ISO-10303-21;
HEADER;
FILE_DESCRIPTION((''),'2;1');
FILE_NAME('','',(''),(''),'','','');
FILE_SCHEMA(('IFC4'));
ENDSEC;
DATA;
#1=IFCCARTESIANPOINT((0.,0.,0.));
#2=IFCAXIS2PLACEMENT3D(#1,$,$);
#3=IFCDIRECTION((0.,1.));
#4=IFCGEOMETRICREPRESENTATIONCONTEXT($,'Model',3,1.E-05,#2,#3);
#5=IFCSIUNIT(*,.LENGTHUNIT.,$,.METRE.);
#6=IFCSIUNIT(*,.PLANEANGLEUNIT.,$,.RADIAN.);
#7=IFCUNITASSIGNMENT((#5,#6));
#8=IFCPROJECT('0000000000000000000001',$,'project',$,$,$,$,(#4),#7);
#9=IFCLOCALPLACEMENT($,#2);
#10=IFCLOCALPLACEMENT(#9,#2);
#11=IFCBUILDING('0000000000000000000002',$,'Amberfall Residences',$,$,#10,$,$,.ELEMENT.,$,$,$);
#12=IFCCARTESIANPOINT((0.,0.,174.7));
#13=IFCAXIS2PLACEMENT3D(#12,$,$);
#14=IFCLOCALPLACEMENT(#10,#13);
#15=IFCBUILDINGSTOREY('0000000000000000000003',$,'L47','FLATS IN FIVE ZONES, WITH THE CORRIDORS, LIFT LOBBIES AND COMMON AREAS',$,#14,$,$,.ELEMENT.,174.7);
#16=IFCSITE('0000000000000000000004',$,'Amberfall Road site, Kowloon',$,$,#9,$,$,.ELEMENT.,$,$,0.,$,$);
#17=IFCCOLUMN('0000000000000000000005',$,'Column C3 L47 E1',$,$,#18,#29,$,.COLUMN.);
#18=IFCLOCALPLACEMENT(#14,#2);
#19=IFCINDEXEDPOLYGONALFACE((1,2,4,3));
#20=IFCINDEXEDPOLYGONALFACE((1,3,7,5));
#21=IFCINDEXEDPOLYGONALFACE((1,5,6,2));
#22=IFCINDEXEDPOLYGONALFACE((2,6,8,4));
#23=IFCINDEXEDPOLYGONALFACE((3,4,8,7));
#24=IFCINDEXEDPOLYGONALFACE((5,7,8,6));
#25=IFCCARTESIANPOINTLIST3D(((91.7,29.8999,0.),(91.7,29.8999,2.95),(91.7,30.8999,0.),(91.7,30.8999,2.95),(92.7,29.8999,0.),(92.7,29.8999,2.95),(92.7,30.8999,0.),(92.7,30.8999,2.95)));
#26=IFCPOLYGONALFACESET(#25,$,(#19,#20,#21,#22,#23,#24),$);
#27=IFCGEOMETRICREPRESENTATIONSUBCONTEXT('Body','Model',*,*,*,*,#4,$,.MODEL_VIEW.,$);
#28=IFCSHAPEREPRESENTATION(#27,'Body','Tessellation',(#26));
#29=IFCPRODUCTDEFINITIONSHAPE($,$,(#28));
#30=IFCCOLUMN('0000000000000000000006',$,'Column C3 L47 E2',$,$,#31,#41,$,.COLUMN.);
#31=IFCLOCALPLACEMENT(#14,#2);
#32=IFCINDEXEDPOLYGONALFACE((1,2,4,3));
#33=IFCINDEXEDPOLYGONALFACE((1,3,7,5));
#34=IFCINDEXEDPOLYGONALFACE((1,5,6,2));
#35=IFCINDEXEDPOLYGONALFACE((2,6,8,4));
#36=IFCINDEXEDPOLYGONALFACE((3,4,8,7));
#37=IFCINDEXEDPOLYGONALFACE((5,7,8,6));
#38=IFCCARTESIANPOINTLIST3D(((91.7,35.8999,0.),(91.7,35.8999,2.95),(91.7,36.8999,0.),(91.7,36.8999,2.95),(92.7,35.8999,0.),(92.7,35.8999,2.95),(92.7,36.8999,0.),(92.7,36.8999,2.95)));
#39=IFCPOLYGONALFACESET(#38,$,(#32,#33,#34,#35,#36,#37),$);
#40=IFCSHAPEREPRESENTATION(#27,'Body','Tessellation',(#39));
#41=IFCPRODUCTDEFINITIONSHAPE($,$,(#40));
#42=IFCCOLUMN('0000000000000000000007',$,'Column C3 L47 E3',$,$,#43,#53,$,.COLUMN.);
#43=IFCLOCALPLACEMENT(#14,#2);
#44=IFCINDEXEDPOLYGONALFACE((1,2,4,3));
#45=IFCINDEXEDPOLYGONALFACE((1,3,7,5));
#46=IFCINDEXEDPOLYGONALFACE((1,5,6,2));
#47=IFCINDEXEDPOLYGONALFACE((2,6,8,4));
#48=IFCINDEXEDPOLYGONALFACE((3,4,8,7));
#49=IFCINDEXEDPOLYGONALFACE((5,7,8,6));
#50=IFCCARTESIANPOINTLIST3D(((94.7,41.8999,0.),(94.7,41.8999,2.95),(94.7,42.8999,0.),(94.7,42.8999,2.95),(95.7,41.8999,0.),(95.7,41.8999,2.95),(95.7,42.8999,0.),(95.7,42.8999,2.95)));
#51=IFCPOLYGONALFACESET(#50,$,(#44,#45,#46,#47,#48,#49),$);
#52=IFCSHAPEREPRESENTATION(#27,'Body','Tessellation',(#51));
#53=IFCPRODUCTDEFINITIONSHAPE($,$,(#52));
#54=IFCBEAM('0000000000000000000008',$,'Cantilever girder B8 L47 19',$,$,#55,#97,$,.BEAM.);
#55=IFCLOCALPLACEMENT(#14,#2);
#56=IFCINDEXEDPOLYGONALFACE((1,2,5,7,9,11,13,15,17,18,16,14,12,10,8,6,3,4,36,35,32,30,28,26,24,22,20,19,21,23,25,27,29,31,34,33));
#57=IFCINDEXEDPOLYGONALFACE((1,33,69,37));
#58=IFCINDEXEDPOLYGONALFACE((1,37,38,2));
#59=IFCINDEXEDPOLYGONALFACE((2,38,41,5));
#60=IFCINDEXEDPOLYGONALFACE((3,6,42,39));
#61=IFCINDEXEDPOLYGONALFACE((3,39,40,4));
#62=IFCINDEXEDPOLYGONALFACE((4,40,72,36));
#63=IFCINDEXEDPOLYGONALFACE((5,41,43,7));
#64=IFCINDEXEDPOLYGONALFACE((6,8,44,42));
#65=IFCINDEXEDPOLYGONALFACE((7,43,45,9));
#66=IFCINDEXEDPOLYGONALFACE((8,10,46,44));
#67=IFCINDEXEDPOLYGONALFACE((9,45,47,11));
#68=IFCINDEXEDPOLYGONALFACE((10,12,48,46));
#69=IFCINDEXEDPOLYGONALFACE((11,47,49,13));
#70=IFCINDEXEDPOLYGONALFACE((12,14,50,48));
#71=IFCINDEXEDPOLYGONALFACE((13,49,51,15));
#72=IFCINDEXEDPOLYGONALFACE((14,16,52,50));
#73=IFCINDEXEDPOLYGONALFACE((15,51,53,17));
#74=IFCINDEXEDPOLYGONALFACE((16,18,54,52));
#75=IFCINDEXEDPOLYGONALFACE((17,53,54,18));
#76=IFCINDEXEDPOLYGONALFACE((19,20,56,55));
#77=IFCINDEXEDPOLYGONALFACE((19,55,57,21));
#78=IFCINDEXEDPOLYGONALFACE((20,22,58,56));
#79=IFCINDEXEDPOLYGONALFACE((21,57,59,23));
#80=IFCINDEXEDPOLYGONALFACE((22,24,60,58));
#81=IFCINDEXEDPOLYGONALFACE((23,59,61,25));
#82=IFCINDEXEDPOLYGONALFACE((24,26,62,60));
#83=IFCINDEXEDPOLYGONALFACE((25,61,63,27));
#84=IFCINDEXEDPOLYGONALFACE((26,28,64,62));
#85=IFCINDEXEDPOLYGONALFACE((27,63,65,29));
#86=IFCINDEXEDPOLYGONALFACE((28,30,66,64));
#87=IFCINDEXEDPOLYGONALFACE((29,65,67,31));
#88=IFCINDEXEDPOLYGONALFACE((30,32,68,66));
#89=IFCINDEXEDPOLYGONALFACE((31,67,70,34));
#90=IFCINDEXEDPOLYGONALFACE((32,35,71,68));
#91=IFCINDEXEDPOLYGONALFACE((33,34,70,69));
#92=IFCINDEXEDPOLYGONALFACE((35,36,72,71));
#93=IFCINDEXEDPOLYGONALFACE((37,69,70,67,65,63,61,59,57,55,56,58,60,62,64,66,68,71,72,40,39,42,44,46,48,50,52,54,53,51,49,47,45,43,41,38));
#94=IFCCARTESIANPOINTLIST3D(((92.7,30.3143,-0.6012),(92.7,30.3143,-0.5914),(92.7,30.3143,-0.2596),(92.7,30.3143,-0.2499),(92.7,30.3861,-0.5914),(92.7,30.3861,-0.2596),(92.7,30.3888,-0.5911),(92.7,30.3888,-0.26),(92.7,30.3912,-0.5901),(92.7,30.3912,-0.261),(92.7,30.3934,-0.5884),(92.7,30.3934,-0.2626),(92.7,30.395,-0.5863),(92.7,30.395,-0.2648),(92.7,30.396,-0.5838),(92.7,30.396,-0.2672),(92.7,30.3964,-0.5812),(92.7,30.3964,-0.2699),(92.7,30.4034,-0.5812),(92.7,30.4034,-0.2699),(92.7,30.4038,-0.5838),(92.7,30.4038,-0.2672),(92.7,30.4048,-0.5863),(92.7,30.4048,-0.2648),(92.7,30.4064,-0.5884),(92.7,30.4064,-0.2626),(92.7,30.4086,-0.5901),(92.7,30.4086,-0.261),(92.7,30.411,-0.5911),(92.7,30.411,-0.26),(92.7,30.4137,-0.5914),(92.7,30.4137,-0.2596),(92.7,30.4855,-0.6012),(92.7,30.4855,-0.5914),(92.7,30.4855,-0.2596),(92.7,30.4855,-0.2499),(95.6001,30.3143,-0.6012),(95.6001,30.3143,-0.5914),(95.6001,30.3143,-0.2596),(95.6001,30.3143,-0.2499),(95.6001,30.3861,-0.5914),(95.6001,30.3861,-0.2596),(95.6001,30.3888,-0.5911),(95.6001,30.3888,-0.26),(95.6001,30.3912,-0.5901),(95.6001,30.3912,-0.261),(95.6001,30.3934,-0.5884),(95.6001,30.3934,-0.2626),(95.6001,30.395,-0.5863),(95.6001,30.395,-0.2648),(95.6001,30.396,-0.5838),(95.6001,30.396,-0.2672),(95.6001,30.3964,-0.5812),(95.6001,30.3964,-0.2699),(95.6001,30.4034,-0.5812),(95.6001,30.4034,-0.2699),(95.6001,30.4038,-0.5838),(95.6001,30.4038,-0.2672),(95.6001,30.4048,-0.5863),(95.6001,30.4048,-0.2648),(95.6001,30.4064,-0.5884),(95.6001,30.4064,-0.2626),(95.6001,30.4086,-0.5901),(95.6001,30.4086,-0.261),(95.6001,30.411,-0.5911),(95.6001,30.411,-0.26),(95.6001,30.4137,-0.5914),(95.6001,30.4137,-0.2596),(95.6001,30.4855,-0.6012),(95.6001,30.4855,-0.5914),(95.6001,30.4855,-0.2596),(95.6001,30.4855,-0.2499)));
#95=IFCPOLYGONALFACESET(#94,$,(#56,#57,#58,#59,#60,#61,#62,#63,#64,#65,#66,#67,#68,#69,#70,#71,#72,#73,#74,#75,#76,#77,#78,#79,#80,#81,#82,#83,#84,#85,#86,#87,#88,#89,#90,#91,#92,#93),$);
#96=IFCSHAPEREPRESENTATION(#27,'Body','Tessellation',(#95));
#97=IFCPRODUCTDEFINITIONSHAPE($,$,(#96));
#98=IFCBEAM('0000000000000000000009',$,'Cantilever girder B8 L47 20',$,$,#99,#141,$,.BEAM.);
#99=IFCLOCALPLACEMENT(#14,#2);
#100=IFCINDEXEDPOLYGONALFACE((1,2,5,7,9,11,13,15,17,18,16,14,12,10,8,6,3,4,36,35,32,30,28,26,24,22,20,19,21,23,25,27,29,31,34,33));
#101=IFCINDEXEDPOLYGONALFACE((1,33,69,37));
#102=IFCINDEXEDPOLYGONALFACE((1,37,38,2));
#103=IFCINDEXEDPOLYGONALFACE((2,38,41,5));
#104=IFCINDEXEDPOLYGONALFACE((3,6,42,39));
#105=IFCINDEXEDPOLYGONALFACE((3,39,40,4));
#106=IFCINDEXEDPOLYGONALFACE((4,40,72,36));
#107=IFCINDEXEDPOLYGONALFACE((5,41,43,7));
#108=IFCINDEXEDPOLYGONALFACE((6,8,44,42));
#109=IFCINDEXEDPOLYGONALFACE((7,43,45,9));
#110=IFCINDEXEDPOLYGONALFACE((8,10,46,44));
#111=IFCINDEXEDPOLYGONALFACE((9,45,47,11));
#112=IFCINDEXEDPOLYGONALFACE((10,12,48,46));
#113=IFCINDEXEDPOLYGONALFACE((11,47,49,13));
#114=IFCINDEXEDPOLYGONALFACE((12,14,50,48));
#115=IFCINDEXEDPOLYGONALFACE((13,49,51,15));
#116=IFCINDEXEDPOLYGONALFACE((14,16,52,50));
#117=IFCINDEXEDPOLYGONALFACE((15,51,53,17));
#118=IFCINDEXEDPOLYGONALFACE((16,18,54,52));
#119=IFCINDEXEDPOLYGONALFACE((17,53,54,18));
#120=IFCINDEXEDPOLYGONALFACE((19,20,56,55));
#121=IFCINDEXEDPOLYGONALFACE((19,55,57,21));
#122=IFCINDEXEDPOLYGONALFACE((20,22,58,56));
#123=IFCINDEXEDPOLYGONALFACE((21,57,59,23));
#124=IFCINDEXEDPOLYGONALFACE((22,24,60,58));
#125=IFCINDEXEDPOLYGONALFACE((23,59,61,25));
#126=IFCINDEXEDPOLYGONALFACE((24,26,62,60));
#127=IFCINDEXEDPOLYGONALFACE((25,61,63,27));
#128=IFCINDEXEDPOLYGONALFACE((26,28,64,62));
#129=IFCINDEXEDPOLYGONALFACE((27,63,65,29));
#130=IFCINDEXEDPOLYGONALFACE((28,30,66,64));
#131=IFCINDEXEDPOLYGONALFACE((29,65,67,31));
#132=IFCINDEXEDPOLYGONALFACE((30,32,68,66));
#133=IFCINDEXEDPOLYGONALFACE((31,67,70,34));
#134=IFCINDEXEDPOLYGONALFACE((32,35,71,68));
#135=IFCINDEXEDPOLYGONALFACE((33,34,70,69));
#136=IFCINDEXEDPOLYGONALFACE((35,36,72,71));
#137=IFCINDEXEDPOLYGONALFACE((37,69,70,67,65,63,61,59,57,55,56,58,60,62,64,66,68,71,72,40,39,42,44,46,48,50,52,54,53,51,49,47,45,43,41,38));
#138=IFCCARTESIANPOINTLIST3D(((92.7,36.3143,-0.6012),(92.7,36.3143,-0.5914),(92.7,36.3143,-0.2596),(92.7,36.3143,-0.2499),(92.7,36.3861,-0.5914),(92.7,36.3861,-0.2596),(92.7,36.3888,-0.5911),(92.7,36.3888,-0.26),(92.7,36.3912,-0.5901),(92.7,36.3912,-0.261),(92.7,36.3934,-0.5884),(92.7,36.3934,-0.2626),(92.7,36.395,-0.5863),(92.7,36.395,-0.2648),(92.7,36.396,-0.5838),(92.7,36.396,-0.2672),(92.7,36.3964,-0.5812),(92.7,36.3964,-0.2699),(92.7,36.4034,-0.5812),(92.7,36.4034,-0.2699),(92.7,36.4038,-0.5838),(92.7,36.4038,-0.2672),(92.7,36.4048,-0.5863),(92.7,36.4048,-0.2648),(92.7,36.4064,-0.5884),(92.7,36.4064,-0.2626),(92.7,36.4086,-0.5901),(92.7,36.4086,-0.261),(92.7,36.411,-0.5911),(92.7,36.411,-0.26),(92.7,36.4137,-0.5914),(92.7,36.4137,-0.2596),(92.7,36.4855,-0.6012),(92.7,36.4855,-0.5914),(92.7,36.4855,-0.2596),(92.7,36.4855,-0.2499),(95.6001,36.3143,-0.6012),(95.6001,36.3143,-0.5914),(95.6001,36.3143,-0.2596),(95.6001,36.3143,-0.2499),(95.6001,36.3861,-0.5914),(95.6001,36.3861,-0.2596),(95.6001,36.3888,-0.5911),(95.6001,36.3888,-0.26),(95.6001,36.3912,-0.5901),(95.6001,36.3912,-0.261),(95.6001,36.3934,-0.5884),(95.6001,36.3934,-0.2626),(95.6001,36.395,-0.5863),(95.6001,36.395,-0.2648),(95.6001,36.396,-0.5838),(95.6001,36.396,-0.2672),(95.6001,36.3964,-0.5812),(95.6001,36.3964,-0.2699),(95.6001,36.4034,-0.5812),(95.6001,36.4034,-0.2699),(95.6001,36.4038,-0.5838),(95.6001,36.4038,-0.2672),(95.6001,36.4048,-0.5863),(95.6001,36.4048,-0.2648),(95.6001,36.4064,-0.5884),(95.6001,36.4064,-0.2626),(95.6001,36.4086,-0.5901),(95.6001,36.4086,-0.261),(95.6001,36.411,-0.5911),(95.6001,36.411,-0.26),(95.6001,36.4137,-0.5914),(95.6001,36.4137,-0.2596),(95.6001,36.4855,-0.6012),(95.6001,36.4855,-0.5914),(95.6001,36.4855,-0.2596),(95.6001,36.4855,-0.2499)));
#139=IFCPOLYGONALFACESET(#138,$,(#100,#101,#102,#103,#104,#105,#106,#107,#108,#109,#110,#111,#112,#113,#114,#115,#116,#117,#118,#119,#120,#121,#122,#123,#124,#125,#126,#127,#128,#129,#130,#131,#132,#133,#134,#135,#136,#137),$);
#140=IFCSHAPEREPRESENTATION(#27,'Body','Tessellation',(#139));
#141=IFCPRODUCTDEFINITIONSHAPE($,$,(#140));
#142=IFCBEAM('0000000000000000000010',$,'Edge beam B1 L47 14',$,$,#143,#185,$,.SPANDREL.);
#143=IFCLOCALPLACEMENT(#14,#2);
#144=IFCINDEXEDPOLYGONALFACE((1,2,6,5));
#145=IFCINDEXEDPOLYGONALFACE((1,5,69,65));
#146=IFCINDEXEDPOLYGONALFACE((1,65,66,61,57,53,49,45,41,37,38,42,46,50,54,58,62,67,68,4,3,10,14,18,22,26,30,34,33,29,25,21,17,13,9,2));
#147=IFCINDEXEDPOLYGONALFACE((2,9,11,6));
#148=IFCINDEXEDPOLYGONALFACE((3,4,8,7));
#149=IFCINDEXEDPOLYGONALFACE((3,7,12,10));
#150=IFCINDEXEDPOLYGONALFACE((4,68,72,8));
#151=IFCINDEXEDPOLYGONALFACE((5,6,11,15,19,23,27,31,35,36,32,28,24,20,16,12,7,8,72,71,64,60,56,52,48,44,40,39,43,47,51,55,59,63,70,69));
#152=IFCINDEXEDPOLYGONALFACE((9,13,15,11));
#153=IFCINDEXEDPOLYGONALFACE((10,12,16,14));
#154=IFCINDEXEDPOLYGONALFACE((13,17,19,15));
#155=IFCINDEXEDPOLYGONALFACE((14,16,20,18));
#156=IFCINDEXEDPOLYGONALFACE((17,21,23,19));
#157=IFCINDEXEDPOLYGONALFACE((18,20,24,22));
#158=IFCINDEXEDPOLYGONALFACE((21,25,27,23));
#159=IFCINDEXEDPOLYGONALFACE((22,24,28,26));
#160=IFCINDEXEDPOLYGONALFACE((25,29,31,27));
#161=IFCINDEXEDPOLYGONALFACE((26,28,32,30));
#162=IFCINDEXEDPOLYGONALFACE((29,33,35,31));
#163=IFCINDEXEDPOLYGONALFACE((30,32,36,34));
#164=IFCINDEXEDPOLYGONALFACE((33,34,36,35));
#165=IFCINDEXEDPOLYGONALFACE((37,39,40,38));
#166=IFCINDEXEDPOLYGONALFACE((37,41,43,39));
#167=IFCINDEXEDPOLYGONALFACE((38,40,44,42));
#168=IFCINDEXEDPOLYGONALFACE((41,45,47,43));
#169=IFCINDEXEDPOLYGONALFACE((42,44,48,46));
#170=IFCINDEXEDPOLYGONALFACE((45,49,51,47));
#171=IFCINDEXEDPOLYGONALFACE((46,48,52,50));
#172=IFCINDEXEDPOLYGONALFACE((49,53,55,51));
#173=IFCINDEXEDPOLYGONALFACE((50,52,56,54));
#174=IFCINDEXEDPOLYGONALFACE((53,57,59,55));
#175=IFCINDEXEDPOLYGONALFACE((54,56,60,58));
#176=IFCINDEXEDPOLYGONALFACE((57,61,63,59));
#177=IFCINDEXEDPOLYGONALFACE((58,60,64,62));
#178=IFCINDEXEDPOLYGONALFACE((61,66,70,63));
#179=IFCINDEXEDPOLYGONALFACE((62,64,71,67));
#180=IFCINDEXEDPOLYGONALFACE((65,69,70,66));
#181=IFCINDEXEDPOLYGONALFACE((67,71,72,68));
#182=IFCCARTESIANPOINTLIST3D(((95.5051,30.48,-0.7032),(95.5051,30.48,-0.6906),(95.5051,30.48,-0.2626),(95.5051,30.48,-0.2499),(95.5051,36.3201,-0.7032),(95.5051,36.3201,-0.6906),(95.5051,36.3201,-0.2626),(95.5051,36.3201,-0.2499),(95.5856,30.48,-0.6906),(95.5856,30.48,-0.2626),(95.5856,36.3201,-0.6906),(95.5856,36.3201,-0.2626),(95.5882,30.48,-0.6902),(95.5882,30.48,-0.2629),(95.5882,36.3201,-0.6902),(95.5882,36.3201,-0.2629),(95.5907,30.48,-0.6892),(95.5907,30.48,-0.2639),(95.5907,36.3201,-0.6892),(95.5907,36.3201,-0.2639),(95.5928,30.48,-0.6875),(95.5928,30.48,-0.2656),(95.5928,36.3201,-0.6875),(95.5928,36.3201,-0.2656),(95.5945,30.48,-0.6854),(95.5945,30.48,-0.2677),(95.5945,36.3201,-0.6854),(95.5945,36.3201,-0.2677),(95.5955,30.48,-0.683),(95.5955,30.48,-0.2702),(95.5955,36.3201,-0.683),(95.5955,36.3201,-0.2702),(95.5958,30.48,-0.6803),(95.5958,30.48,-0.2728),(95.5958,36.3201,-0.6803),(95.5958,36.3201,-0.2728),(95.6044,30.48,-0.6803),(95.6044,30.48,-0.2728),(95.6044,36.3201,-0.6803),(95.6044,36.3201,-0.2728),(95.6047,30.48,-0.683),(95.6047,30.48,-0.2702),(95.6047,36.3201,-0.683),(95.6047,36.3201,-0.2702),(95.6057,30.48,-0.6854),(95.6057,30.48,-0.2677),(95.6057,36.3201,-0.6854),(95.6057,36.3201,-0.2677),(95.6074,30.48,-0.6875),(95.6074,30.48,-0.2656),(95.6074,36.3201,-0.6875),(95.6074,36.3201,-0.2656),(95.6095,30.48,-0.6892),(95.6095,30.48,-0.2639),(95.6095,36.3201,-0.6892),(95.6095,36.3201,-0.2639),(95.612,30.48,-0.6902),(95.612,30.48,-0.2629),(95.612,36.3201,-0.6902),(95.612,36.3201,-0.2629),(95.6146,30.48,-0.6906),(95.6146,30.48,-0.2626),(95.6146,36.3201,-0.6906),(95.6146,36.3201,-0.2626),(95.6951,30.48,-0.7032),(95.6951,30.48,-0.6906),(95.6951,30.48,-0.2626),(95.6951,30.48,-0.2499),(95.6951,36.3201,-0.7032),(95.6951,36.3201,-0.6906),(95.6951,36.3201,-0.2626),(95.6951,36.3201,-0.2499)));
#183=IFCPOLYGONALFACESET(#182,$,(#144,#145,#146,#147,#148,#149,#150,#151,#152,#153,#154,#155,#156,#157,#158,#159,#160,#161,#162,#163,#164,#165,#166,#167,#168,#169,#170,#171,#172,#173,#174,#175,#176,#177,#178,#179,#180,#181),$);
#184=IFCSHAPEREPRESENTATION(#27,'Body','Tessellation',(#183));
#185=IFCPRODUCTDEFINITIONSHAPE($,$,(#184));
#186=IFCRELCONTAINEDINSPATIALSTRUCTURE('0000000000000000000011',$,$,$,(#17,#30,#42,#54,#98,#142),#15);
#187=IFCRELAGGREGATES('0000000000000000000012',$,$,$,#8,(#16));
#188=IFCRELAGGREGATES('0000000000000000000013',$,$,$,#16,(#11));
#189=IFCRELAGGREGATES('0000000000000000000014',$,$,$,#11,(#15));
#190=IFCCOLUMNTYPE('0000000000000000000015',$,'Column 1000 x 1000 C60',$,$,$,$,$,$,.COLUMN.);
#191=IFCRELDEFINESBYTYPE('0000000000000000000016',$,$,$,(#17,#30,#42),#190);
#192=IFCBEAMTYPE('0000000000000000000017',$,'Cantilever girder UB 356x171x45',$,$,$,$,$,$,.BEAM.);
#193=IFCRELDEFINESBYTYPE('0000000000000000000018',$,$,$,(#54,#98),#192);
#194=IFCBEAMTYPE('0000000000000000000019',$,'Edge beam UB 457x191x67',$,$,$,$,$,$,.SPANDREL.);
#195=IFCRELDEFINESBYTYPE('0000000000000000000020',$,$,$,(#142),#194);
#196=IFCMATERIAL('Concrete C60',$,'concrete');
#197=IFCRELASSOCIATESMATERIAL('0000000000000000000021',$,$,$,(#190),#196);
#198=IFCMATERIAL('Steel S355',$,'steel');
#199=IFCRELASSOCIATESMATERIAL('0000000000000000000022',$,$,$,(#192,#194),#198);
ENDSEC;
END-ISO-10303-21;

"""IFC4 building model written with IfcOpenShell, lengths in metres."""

from ifc_helpers import new_model, si_unit, direction, frame, origin, origin_2d, place, context, subcontext, project, spatial, rectangle, i_section, extrude, material, material_profile, profile_set, type_object, element, save


model = new_model("IFC4")

# Units and contexts
model_context = context("Model", 3, precision=1e-05, world=origin(), true_north=direction((0.0, 1.0)))
body_context = subcontext(model_context, "Body", "Model", "MODEL_VIEW")
ifc_project = project(units=[si_unit("LENGTHUNIT", "METRE"), si_unit("PLANEANGLEUNIT", "RADIAN")], contexts=[model_context])

# Site, building, storey
site_placement = place(None, origin())
site = spatial("IfcSite", under=ifc_project, at=site_placement, Name="Amberfall Road site, Kowloon", CompositionType="ELEMENT", RefElevation=0.0)
building_placement = place(site_placement, origin())
building = spatial("IfcBuilding", under=site, at=building_placement, Name="Amberfall Residences", CompositionType="ELEMENT")
storey_placement = place(building_placement, frame((0.0, 0.0, 174.7)))
storey = spatial("IfcBuildingStorey", under=building, at=storey_placement, Name="L47", Description="FLATS IN FIVE ZONES, WITH THE CORRIDORS, LIFT LOBBIES AND COMMON AREAS", CompositionType="ELEMENT", Elevation=174.7)

# Columns
ifc_material_1 = material(Name="Concrete C60", Category="concrete")
ifc_material_profile_1 = material_profile(ifc_material_1, rectangle(XDim=1.0, YDim=1.0, at=origin_2d()), Name="Column 1000 x 1000 C60")
ifc_profile_set_1 = profile_set([ifc_material_profile_1], Name="Concrete C60")
column_type = type_object("IfcColumnType", Name="Column 1000 x 1000 C60", PredefinedType="COLUMN", material=ifc_profile_set_1)
for number, where, z_axis, x_axis, name in (
    (1, (92.2, 30.3999, 0.0), (0.0, 0.0, 1.0), (1.0, 0.0, 0.0), "Column C3 L47 E1"),
    (2, (92.2, 36.3999, 0.0), (0.0, 0.0, 1.0), (1.0, 0.0, 0.0), "Column C3 L47 E2"),
    (3, (95.2, 42.3999, 0.0), (0.0, 0.0, 1.0), (1.0, 0.0, 0.0), "Column C3 L47 E3"),
):
    element("IfcColumn", number, at=place(storey_placement, frame(where, z_axis=z_axis, x_axis=x_axis)), inside=storey, type_object=column_type, Name=name, PredefinedType="COLUMN", context=body_context, shape_type="SweptSolid", body=[
        extrude(rectangle(XDim=1.0, YDim=1.0, at=origin_2d()), origin(), (0.0, 0.0, 1.0), 2.95),
    ])

# Beams
ifc_material_2 = material(Name="Steel S355", Category="steel")
ifc_material_profile_2 = material_profile(ifc_material_2, i_section(OverallWidth=0.1711, OverallDepth=0.3513, WebThickness=0.0071, FlangeThickness=0.0098, FilletRadius=0.0103, at=origin_2d()), Name="UB 356x171x45")
ifc_profile_set_2 = profile_set([ifc_material_profile_2], Name="Steel S355")
beam_type_1 = type_object("IfcBeamType", Name="Cantilever girder UB 356x171x45", PredefinedType="BEAM", material=ifc_profile_set_2)
for number, where, z_axis, x_axis, name in (
    (4, (92.7, 30.3999, -0.4255), (1.0, 0.0, 0.0), (0.0, 1.0, 0.0), "Cantilever girder B8 L47 19"),
    (5, (92.7, 36.3999, -0.4255), (1.0, 0.0, 0.0), (0.0, 1.0, 0.0), "Cantilever girder B8 L47 20"),
):
    element("IfcBeam", number, at=place(storey_placement, frame(where, z_axis=z_axis, x_axis=x_axis)), inside=storey, type_object=beam_type_1, Name=name, PredefinedType="BEAM", context=body_context, shape_type="SweptSolid", body=[
        extrude(i_section(OverallWidth=0.1711, OverallDepth=0.3513, WebThickness=0.0071, FlangeThickness=0.0098, FilletRadius=0.0103, at=origin_2d()), origin(), (0.0, 0.0, 1.0), 2.9001),
    ])
ifc_material_profile_3 = material_profile(ifc_material_2, i_section(OverallWidth=0.1899, OverallDepth=0.4534, WebThickness=0.0085, FlangeThickness=0.0127, FilletRadius=0.0103, at=origin_2d()), Name="UB 457x191x67")
ifc_profile_set_3 = profile_set([ifc_material_profile_3], Name="Steel S355")
beam_type_2 = type_object("IfcBeamType", Name="Edge beam UB 457x191x67", PredefinedType="SPANDREL", material=ifc_profile_set_3)
beam_1_placement = place(storey_placement, frame((95.6001, 30.48, -0.4766), z_axis=(0.0, 1.0, 0.0), x_axis=(-1.0, 0.0, 0.0)))
element("IfcBeam", 6, at=beam_1_placement, inside=storey, type_object=beam_type_2, Name="Edge beam B1 L47 14", PredefinedType="SPANDREL", context=body_context, shape_type="SweptSolid", body=[
    extrude(i_section(OverallWidth=0.1899, OverallDepth=0.4534, WebThickness=0.0085, FlangeThickness=0.0127, FilletRadius=0.0103, at=origin_2d()), origin(), (0.0, 0.0, 1.0), 5.8401),
])

save(model, "model.ifc")
